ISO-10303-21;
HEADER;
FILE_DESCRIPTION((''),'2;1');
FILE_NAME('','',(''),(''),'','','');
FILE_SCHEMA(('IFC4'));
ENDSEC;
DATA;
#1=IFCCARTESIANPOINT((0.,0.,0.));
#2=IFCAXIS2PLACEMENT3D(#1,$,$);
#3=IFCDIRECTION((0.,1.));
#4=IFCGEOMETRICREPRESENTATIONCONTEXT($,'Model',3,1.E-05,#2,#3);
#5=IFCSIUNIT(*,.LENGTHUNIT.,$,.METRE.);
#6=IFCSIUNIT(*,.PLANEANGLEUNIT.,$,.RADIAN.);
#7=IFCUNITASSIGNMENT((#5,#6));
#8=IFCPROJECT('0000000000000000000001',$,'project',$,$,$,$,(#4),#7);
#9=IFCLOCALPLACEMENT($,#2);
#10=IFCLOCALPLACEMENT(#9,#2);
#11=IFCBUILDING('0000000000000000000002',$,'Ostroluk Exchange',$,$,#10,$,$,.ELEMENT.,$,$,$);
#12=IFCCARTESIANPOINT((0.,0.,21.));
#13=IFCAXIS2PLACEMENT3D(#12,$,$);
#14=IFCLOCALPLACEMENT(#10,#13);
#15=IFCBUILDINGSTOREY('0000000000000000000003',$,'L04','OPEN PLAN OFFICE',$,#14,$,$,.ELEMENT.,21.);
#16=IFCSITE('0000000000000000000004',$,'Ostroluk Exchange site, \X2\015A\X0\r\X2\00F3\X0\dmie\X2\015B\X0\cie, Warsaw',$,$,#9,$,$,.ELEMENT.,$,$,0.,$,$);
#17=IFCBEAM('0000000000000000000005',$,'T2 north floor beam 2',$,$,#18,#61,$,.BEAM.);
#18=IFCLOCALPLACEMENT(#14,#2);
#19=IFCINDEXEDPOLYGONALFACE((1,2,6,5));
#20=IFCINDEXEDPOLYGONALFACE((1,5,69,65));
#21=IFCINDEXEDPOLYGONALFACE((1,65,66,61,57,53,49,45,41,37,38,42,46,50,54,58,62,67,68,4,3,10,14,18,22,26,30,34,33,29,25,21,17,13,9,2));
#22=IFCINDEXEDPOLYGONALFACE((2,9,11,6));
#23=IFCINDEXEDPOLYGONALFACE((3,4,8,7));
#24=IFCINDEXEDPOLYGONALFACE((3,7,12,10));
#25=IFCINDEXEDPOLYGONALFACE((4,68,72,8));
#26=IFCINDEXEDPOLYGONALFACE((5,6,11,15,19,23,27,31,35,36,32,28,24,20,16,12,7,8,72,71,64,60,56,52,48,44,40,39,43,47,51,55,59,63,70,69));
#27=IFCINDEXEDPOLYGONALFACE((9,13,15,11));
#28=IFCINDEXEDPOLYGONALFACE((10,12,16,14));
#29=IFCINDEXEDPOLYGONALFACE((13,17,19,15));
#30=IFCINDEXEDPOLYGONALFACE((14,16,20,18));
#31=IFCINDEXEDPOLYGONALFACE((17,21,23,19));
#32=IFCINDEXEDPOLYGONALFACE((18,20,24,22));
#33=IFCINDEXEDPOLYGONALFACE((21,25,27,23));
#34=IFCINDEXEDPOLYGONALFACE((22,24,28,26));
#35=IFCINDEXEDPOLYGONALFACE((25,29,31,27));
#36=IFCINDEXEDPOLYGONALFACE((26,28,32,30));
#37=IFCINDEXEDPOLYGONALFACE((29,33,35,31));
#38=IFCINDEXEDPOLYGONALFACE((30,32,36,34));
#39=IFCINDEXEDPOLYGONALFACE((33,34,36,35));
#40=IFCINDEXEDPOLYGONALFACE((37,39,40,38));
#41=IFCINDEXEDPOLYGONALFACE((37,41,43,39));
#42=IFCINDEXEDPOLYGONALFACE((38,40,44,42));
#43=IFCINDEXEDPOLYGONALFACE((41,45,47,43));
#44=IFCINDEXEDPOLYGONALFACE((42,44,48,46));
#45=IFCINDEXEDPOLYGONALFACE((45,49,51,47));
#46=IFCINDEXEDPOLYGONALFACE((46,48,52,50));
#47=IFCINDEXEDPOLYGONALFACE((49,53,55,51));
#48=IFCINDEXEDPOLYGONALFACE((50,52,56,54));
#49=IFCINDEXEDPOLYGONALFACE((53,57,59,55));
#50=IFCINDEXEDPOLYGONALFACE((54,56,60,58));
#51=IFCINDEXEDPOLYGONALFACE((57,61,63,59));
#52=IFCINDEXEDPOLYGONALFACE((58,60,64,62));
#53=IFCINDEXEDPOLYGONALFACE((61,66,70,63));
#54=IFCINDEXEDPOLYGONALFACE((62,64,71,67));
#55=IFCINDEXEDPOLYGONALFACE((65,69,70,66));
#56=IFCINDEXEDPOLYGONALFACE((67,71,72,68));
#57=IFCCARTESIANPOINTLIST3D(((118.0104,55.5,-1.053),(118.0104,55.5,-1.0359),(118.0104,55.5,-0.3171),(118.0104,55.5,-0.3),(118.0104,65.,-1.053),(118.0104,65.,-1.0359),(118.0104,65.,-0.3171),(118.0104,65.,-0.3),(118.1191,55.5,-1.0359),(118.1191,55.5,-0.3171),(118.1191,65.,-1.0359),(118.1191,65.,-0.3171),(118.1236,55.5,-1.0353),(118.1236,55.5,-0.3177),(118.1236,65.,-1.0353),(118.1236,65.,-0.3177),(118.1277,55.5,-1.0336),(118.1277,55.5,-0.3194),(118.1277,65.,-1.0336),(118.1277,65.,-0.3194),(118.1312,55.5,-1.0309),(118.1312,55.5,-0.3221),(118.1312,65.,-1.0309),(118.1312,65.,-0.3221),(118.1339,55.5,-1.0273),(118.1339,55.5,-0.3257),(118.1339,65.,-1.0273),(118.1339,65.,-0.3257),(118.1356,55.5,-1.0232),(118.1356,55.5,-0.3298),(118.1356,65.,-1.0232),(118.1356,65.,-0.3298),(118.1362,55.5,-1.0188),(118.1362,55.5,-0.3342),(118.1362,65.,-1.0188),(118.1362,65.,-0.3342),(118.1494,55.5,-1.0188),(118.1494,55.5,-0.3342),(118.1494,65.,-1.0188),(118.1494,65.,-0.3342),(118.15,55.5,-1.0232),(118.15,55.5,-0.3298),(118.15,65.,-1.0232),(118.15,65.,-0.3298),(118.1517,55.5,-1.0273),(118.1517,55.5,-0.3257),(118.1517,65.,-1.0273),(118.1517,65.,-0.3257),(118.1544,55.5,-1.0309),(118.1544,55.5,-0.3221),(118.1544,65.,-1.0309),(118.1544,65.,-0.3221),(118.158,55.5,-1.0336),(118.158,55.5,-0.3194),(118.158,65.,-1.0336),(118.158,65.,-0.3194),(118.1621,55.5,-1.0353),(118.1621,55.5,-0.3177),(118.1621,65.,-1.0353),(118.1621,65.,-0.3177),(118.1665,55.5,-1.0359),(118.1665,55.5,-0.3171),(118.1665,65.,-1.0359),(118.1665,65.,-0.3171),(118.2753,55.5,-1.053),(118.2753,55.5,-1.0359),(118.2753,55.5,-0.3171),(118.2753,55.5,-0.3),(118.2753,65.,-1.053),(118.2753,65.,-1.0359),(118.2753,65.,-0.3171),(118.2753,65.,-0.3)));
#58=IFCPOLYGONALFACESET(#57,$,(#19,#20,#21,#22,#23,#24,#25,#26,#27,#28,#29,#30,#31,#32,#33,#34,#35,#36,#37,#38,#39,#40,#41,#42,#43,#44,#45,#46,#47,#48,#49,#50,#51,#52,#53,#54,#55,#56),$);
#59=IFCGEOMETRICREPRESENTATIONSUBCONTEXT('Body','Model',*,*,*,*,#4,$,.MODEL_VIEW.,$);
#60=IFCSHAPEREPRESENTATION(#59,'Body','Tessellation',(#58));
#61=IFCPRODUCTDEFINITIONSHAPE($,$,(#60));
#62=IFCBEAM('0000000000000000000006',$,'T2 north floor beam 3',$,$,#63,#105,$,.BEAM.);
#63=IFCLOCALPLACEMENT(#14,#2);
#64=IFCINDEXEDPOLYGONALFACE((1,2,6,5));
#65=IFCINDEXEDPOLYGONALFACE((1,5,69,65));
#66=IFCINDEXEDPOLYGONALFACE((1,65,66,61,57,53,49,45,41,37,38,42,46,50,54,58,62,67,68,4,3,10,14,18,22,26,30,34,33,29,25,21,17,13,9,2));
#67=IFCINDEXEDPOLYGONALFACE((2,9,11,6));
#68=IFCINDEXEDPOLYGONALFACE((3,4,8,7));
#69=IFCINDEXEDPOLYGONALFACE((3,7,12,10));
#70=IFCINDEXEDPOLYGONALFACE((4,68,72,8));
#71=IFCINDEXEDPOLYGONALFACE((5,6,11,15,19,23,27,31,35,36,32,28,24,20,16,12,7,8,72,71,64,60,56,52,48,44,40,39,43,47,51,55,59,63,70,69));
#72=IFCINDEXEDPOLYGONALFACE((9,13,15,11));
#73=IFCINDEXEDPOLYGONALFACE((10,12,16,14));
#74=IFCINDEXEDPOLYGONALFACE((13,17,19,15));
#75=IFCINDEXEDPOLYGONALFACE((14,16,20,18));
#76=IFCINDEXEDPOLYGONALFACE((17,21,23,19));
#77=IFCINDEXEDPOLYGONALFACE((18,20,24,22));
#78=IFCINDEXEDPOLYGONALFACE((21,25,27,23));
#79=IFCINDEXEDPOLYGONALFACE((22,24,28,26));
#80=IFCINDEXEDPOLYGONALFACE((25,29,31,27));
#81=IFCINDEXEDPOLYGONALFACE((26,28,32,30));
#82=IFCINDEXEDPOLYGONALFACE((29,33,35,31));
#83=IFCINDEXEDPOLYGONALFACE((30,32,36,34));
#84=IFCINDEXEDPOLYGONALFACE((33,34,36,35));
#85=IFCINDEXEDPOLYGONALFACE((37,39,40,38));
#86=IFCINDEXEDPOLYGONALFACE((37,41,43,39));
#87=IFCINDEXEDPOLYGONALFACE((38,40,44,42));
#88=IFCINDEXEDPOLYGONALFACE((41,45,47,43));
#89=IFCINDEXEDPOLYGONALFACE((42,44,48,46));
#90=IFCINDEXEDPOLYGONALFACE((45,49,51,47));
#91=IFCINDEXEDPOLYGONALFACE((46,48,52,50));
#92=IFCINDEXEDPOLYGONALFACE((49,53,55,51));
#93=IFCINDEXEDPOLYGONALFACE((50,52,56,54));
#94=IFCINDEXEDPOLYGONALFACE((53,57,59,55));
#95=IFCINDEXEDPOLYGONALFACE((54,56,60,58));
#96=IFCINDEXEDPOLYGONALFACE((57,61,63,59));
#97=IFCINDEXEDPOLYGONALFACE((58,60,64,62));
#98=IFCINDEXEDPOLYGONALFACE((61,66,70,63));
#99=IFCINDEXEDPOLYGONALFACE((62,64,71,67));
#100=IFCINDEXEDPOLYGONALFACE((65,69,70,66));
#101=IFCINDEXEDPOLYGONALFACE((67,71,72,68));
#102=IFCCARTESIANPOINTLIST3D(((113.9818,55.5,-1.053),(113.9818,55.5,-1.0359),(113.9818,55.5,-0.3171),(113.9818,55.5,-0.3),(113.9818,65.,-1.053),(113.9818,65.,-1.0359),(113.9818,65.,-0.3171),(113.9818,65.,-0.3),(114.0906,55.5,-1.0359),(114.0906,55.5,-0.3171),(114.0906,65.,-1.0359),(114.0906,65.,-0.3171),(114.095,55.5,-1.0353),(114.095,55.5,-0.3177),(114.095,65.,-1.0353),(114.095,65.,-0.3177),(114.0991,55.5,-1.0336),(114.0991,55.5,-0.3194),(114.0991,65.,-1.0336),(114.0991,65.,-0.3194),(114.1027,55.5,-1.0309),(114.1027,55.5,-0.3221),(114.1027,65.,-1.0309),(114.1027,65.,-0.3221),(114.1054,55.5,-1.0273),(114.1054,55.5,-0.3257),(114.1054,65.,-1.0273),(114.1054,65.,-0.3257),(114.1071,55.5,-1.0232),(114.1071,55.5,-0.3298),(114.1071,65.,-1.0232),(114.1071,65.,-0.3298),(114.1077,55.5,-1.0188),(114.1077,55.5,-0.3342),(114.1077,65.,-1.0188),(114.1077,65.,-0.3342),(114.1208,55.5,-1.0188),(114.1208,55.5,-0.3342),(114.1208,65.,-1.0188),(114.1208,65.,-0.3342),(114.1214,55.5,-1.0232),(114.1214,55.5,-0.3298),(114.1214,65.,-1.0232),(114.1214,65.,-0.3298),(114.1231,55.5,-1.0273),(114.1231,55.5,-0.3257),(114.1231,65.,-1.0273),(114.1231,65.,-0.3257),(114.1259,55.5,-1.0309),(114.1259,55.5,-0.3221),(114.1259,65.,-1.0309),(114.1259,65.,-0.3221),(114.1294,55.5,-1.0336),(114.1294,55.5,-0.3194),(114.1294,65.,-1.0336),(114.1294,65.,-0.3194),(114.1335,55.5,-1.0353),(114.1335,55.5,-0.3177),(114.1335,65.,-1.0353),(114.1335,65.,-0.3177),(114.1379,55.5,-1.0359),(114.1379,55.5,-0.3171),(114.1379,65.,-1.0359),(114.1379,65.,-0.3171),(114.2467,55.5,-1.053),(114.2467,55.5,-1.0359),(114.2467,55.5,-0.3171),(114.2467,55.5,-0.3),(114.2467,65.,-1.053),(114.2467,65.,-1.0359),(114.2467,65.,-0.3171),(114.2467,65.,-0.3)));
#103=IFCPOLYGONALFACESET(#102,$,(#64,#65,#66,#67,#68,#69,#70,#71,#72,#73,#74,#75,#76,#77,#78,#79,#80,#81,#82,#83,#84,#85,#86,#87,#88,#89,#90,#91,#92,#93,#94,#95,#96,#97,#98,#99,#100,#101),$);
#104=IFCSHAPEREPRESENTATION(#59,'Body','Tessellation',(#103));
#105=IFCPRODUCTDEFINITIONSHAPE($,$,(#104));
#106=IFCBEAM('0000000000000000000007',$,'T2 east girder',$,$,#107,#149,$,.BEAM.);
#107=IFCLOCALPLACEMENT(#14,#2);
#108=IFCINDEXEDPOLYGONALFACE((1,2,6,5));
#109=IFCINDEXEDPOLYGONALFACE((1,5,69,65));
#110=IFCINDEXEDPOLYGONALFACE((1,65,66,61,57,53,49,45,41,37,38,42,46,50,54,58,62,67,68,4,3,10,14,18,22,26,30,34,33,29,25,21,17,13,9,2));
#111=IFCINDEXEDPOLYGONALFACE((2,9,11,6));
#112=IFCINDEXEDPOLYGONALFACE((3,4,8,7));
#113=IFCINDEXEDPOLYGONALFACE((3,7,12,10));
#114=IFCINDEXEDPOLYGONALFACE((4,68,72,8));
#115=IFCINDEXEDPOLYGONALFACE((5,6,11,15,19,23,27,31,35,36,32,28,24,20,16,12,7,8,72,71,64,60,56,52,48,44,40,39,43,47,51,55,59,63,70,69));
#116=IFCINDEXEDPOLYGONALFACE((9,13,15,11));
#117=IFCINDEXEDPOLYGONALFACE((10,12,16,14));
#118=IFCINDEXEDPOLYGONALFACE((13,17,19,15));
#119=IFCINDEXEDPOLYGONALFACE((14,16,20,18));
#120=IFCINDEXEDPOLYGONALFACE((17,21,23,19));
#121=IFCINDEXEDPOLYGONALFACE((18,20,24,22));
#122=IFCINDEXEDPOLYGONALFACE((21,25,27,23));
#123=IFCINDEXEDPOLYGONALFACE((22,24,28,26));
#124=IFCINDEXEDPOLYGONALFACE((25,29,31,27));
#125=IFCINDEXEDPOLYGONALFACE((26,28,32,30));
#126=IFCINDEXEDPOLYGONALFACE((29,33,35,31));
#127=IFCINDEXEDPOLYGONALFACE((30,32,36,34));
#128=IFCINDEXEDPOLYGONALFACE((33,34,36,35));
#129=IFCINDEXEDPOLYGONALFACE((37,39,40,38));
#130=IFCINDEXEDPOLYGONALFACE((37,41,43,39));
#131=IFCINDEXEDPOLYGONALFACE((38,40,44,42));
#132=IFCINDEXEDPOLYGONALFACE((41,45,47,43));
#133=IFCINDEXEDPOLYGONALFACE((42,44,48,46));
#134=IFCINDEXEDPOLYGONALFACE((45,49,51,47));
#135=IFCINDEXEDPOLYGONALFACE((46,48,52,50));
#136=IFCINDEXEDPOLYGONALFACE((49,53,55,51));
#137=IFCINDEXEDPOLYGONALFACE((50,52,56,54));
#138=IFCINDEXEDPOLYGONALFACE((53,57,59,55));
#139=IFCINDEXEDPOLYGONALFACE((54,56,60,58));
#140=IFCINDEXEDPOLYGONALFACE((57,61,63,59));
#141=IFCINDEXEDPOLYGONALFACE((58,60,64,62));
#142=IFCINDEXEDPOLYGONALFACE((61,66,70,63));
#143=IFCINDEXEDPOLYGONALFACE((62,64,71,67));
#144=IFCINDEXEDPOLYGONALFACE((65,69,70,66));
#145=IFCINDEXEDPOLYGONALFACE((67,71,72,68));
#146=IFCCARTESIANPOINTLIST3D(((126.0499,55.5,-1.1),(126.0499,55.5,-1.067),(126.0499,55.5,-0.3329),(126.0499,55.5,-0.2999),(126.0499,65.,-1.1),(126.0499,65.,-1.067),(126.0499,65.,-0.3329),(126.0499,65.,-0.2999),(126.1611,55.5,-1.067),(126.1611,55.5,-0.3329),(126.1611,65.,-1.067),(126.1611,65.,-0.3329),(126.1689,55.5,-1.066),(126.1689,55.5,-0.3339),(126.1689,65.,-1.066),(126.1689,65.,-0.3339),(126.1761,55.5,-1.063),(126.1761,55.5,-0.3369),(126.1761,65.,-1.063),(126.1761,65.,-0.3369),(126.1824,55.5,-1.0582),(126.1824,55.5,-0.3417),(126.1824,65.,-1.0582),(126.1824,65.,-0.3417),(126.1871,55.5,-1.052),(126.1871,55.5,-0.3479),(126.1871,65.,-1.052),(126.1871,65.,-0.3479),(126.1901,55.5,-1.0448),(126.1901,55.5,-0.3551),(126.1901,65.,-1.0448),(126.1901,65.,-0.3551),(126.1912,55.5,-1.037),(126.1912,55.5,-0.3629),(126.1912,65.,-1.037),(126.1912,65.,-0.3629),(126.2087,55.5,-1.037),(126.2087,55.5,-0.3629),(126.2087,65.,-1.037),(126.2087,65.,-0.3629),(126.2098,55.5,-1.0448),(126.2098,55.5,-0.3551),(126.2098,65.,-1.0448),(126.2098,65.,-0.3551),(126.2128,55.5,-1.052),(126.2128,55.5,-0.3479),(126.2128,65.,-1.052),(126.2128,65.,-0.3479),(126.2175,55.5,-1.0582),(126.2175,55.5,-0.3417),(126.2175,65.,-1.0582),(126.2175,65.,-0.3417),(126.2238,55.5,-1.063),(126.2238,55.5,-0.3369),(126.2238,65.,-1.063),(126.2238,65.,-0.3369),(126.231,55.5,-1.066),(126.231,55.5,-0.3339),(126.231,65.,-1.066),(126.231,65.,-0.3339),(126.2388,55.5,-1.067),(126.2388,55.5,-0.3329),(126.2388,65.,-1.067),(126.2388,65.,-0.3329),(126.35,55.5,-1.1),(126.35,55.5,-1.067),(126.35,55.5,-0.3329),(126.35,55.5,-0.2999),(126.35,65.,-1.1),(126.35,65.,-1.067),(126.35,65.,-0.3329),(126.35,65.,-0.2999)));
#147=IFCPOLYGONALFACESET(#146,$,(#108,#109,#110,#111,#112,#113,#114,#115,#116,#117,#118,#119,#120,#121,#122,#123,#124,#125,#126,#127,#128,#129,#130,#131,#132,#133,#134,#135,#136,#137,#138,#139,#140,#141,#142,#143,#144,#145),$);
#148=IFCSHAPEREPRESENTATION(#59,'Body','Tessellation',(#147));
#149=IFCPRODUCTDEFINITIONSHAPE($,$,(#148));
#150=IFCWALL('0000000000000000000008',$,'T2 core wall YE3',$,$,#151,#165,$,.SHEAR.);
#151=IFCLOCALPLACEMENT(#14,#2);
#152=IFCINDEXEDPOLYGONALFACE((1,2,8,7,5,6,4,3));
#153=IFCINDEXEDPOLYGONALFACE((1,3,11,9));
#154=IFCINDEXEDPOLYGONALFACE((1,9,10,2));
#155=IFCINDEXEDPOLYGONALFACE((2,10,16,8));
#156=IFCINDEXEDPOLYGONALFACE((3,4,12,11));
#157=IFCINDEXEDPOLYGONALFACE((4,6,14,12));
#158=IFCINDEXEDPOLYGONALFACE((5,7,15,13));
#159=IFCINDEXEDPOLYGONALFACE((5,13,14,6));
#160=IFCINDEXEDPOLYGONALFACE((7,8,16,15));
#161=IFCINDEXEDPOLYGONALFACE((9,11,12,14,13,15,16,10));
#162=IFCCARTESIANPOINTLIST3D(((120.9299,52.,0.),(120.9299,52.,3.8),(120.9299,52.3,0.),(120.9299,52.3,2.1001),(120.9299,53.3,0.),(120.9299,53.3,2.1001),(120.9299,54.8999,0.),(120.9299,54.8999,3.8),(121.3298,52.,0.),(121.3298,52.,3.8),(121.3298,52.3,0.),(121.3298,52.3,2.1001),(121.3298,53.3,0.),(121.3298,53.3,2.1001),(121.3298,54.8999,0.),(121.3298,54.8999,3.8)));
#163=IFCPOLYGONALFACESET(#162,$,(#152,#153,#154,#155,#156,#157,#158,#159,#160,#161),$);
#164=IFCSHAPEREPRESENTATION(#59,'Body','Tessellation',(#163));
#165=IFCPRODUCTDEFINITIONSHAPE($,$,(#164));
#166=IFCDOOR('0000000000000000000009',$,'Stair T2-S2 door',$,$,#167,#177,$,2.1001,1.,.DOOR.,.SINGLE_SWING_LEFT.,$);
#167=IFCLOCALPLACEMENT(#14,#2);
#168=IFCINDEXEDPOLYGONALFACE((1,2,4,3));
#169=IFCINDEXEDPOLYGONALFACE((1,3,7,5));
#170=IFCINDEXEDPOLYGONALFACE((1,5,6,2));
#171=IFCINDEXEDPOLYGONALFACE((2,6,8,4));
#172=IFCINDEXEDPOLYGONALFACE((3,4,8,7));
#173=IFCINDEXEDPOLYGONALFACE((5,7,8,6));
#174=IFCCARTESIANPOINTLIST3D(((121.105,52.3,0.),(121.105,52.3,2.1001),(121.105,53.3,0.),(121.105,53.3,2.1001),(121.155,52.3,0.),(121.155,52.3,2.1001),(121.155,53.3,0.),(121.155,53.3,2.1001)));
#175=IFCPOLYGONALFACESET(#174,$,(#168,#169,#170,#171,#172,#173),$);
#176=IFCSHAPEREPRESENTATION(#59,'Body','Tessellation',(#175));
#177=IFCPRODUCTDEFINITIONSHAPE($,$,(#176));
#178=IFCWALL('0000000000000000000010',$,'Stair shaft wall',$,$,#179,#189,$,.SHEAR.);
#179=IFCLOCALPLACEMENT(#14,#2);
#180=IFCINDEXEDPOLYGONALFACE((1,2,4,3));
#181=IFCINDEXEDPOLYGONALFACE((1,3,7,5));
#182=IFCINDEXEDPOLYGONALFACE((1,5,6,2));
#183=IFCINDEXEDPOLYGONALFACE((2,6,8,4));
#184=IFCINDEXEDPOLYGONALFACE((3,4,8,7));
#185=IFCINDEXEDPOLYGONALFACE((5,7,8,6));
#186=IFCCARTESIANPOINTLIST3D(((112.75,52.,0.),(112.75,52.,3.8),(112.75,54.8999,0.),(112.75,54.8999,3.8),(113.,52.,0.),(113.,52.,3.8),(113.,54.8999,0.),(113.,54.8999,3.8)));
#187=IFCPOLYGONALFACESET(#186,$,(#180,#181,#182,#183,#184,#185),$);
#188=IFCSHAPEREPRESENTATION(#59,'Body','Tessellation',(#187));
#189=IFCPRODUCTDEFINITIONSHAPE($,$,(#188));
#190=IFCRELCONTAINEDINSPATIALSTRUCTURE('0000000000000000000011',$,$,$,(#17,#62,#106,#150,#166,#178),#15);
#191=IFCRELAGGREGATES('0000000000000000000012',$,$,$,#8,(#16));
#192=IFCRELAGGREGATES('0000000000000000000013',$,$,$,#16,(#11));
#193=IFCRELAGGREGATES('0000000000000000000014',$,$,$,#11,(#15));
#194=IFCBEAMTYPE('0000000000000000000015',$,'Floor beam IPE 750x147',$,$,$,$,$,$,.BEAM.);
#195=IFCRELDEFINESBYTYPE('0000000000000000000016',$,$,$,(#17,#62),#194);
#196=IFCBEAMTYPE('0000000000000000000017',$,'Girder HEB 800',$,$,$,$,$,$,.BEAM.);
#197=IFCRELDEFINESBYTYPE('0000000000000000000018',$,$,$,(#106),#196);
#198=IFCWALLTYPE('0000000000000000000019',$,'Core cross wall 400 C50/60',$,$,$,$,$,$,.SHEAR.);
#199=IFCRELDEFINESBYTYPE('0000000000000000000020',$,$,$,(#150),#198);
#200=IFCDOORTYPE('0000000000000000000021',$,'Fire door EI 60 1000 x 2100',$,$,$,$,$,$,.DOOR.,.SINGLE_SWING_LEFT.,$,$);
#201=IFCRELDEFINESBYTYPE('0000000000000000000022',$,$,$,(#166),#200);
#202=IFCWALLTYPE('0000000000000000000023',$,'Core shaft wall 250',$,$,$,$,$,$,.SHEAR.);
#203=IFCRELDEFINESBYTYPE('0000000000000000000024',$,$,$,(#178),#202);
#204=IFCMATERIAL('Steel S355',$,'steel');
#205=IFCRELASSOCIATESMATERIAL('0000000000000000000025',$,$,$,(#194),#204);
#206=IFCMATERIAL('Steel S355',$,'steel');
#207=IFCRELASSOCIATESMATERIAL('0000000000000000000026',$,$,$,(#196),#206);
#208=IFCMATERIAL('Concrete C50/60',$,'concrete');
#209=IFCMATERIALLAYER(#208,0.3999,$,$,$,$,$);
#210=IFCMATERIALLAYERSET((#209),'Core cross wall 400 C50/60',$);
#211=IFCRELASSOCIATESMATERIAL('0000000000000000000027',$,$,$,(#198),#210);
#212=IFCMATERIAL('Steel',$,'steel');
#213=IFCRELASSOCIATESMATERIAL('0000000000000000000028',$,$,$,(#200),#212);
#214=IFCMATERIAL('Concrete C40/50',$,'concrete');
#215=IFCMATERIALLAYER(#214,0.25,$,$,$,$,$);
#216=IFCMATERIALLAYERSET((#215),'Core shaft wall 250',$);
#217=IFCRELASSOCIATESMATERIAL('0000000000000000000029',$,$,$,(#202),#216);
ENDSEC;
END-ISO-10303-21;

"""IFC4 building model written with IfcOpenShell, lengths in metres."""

from ifc_helpers import new_model, si_unit, direction, frame, frame_2d, origin, origin_2d, place, context, subcontext, project, spatial, rectangle, i_section, extrude, material, layer, layer_set, material_profile, profile_set, type_object, element, fill, save


model = new_model("IFC4")

# Units and contexts
model_context = context("Model", 3, precision=1e-05, world=origin(), true_north=direction((0.0, 1.0)))
body_context = subcontext(model_context, "Body", "Model", "MODEL_VIEW")
ifc_project = project(units=[si_unit("LENGTHUNIT", "METRE"), si_unit("PLANEANGLEUNIT", "RADIAN")], contexts=[model_context])

# Site, building, storey
site_placement = place(None, origin())
site = spatial("IfcSite", under=ifc_project, at=site_placement, Name="Ostroluk Exchange site, Śródmieście, Warsaw", CompositionType="ELEMENT", RefElevation=0.0)
building_placement = place(site_placement, origin())
building = spatial("IfcBuilding", under=site, at=building_placement, Name="Ostroluk Exchange", CompositionType="ELEMENT")
storey_placement = place(building_placement, frame((0.0, 0.0, 21.0)))
storey = spatial("IfcBuildingStorey", under=building, at=storey_placement, Name="L04", Description="OPEN PLAN OFFICE", CompositionType="ELEMENT", Elevation=21.0)

# Beams
ifc_material_1 = material(Name="Steel S355", Category="steel")
ifc_material_profile_1 = material_profile(ifc_material_1, i_section(OverallWidth=0.2649, OverallDepth=0.7529, WebThickness=0.0132, FlangeThickness=0.0171, FilletRadius=0.0171, at=origin_2d()), Name="IPE 750x147")
ifc_profile_set_1 = profile_set([ifc_material_profile_1], Name="Steel S355")
beam_type_1 = type_object("IfcBeamType", Name="Floor beam IPE 750x147", PredefinedType="BEAM", material=ifc_profile_set_1)
for number, where, z_axis, x_axis, name in (
    (1, (118.1428, 55.5, -0.6765), (0.0, 1.0, 0.0), (-1.0, 0.0, 0.0), "T2 north floor beam 2"),
    (2, (114.1143, 55.5, -0.6765), (0.0, 1.0, 0.0), (-1.0, 0.0, 0.0), "T2 north floor beam 3"),
):
    element("IfcBeam", number, at=place(storey_placement, frame(where, z_axis=z_axis, x_axis=x_axis)), inside=storey, type_object=beam_type_1, Name=name, PredefinedType="BEAM", context=body_context, shape_type="SweptSolid", body=[
        extrude(i_section(OverallWidth=0.2649, OverallDepth=0.7529, WebThickness=0.0132, FlangeThickness=0.0171, FilletRadius=0.0171, at=origin_2d()), origin(), (0.0, 0.0, 1.0), 9.5),
    ])
ifc_material_2 = material(Name="Steel S355", Category="steel")
ifc_material_profile_2 = material_profile(ifc_material_2, i_section(OverallWidth=0.3, OverallDepth=0.8, WebThickness=0.0176, FlangeThickness=0.033, FilletRadius=0.03, at=origin_2d()), Name="HEB 800")
ifc_profile_set_2 = profile_set([ifc_material_profile_2], Name="Steel S355")
beam_type_2 = type_object("IfcBeamType", Name="Girder HEB 800", PredefinedType="BEAM", material=ifc_profile_set_2)
beam_placement = place(storey_placement, frame((126.2, 55.5, -0.7), z_axis=(0.0, 1.0, 0.0), x_axis=(-1.0, 0.0, 0.0)))
element("IfcBeam", 3, at=beam_placement, inside=storey, type_object=beam_type_2, Name="T2 east girder", PredefinedType="BEAM", context=body_context, shape_type="SweptSolid", body=[
    extrude(i_section(OverallWidth=0.3, OverallDepth=0.8, WebThickness=0.0176, FlangeThickness=0.033, FilletRadius=0.03, at=origin_2d()), origin(), (0.0, 0.0, 1.0), 9.5),
])

# Wall, opening, door
ifc_material_3 = material(Name="Concrete C50/60", Category="concrete")
ifc_layer_1 = layer(ifc_material_3, 0.3999)
ifc_layer_set_1 = layer_set([ifc_layer_1], Name="Core cross wall 400 C50/60")
wall_type_1 = type_object("IfcWallType", Name="Core cross wall 400 C50/60", PredefinedType="SHEAR", material=ifc_layer_set_1)
wall_1_placement = place(storey_placement, frame((121.1299, 52.0, 0.0), z_axis=(0.0, 0.0, 1.0), x_axis=(0.0, 1.0, 0.0)))
wall_1 = element("IfcWall", 4, at=wall_1_placement, inside=storey, type_object=wall_type_1, Name="T2 core wall YE3", PredefinedType="SHEAR", context=body_context, shape_type="SweptSolid", body=[
    extrude(rectangle(XDim=2.8999, YDim=0.3999, at=frame_2d((1.45, 0.0))), origin(), (0.0, 0.0, 1.0), 3.8),
])
opening_1_placement = place(wall_1_placement, frame((0.3, 0.0, 0.0)))
opening_1 = element("IfcOpeningElement", 5, at=opening_1_placement, cuts=wall_1, PredefinedType="OPENING", context=body_context, shape_type="SweptSolid", body=[
    extrude(rectangle(XDim=1.0, YDim=2.1001, at=frame_2d((0.5, 1.05))), frame((0.0, 0.21, 0.0), z_axis=(0.0, -1.0, 0.0), x_axis=(1.0, 0.0, 0.0)), (0.0, 0.0, 1.0), 0.4199),
])
ifc_material_4 = material(Name="Steel", Category="steel")
door_type_1 = type_object("IfcDoorType", Name="Fire door EI 60 1000 x 2100", OperationType="SINGLE_SWING_LEFT", PredefinedType="DOOR", material=ifc_material_4)
door_1_placement = place(opening_1_placement, origin())
door_1 = element("IfcDoor", 6, at=door_1_placement, inside=storey, type_object=door_type_1, Name="Stair T2-S2 door", OperationType="SINGLE_SWING_LEFT", OverallHeight=2.1001, OverallWidth=1.0, PredefinedType="DOOR", context=body_context, shape_type="SweptSolid", body=[
    extrude(rectangle(XDim=1.0, YDim=2.1001, at=frame_2d((0.5, 1.05))), frame((0.0, 0.0249, 0.0), z_axis=(0.0, -1.0, 0.0), x_axis=(1.0, 0.0, 0.0)), (0.0, 0.0, 1.0), 0.05),
])
fill(opening_1, door_1)

# Wall
ifc_material_5 = material(Name="Concrete C40/50", Category="concrete")
ifc_layer_2 = layer(ifc_material_5, 0.25)
ifc_layer_set_2 = layer_set([ifc_layer_2], Name="Core shaft wall 250")
wall_type_2 = type_object("IfcWallType", Name="Core shaft wall 250", PredefinedType="SHEAR", material=ifc_layer_set_2)
wall_2_placement = place(storey_placement, frame((112.875, 52.0, 0.0), z_axis=(0.0, 0.0, 1.0), x_axis=(0.0, 1.0, 0.0)))
element("IfcWall", 7, at=wall_2_placement, inside=storey, type_object=wall_type_2, Name="Stair shaft wall", PredefinedType="SHEAR", context=body_context, shape_type="SweptSolid", body=[
    extrude(rectangle(XDim=2.8999, YDim=0.25, at=frame_2d((1.45, 0.0))), origin(), (0.0, 0.0, 1.0), 3.8),
])

save(model, "model.ifc")
